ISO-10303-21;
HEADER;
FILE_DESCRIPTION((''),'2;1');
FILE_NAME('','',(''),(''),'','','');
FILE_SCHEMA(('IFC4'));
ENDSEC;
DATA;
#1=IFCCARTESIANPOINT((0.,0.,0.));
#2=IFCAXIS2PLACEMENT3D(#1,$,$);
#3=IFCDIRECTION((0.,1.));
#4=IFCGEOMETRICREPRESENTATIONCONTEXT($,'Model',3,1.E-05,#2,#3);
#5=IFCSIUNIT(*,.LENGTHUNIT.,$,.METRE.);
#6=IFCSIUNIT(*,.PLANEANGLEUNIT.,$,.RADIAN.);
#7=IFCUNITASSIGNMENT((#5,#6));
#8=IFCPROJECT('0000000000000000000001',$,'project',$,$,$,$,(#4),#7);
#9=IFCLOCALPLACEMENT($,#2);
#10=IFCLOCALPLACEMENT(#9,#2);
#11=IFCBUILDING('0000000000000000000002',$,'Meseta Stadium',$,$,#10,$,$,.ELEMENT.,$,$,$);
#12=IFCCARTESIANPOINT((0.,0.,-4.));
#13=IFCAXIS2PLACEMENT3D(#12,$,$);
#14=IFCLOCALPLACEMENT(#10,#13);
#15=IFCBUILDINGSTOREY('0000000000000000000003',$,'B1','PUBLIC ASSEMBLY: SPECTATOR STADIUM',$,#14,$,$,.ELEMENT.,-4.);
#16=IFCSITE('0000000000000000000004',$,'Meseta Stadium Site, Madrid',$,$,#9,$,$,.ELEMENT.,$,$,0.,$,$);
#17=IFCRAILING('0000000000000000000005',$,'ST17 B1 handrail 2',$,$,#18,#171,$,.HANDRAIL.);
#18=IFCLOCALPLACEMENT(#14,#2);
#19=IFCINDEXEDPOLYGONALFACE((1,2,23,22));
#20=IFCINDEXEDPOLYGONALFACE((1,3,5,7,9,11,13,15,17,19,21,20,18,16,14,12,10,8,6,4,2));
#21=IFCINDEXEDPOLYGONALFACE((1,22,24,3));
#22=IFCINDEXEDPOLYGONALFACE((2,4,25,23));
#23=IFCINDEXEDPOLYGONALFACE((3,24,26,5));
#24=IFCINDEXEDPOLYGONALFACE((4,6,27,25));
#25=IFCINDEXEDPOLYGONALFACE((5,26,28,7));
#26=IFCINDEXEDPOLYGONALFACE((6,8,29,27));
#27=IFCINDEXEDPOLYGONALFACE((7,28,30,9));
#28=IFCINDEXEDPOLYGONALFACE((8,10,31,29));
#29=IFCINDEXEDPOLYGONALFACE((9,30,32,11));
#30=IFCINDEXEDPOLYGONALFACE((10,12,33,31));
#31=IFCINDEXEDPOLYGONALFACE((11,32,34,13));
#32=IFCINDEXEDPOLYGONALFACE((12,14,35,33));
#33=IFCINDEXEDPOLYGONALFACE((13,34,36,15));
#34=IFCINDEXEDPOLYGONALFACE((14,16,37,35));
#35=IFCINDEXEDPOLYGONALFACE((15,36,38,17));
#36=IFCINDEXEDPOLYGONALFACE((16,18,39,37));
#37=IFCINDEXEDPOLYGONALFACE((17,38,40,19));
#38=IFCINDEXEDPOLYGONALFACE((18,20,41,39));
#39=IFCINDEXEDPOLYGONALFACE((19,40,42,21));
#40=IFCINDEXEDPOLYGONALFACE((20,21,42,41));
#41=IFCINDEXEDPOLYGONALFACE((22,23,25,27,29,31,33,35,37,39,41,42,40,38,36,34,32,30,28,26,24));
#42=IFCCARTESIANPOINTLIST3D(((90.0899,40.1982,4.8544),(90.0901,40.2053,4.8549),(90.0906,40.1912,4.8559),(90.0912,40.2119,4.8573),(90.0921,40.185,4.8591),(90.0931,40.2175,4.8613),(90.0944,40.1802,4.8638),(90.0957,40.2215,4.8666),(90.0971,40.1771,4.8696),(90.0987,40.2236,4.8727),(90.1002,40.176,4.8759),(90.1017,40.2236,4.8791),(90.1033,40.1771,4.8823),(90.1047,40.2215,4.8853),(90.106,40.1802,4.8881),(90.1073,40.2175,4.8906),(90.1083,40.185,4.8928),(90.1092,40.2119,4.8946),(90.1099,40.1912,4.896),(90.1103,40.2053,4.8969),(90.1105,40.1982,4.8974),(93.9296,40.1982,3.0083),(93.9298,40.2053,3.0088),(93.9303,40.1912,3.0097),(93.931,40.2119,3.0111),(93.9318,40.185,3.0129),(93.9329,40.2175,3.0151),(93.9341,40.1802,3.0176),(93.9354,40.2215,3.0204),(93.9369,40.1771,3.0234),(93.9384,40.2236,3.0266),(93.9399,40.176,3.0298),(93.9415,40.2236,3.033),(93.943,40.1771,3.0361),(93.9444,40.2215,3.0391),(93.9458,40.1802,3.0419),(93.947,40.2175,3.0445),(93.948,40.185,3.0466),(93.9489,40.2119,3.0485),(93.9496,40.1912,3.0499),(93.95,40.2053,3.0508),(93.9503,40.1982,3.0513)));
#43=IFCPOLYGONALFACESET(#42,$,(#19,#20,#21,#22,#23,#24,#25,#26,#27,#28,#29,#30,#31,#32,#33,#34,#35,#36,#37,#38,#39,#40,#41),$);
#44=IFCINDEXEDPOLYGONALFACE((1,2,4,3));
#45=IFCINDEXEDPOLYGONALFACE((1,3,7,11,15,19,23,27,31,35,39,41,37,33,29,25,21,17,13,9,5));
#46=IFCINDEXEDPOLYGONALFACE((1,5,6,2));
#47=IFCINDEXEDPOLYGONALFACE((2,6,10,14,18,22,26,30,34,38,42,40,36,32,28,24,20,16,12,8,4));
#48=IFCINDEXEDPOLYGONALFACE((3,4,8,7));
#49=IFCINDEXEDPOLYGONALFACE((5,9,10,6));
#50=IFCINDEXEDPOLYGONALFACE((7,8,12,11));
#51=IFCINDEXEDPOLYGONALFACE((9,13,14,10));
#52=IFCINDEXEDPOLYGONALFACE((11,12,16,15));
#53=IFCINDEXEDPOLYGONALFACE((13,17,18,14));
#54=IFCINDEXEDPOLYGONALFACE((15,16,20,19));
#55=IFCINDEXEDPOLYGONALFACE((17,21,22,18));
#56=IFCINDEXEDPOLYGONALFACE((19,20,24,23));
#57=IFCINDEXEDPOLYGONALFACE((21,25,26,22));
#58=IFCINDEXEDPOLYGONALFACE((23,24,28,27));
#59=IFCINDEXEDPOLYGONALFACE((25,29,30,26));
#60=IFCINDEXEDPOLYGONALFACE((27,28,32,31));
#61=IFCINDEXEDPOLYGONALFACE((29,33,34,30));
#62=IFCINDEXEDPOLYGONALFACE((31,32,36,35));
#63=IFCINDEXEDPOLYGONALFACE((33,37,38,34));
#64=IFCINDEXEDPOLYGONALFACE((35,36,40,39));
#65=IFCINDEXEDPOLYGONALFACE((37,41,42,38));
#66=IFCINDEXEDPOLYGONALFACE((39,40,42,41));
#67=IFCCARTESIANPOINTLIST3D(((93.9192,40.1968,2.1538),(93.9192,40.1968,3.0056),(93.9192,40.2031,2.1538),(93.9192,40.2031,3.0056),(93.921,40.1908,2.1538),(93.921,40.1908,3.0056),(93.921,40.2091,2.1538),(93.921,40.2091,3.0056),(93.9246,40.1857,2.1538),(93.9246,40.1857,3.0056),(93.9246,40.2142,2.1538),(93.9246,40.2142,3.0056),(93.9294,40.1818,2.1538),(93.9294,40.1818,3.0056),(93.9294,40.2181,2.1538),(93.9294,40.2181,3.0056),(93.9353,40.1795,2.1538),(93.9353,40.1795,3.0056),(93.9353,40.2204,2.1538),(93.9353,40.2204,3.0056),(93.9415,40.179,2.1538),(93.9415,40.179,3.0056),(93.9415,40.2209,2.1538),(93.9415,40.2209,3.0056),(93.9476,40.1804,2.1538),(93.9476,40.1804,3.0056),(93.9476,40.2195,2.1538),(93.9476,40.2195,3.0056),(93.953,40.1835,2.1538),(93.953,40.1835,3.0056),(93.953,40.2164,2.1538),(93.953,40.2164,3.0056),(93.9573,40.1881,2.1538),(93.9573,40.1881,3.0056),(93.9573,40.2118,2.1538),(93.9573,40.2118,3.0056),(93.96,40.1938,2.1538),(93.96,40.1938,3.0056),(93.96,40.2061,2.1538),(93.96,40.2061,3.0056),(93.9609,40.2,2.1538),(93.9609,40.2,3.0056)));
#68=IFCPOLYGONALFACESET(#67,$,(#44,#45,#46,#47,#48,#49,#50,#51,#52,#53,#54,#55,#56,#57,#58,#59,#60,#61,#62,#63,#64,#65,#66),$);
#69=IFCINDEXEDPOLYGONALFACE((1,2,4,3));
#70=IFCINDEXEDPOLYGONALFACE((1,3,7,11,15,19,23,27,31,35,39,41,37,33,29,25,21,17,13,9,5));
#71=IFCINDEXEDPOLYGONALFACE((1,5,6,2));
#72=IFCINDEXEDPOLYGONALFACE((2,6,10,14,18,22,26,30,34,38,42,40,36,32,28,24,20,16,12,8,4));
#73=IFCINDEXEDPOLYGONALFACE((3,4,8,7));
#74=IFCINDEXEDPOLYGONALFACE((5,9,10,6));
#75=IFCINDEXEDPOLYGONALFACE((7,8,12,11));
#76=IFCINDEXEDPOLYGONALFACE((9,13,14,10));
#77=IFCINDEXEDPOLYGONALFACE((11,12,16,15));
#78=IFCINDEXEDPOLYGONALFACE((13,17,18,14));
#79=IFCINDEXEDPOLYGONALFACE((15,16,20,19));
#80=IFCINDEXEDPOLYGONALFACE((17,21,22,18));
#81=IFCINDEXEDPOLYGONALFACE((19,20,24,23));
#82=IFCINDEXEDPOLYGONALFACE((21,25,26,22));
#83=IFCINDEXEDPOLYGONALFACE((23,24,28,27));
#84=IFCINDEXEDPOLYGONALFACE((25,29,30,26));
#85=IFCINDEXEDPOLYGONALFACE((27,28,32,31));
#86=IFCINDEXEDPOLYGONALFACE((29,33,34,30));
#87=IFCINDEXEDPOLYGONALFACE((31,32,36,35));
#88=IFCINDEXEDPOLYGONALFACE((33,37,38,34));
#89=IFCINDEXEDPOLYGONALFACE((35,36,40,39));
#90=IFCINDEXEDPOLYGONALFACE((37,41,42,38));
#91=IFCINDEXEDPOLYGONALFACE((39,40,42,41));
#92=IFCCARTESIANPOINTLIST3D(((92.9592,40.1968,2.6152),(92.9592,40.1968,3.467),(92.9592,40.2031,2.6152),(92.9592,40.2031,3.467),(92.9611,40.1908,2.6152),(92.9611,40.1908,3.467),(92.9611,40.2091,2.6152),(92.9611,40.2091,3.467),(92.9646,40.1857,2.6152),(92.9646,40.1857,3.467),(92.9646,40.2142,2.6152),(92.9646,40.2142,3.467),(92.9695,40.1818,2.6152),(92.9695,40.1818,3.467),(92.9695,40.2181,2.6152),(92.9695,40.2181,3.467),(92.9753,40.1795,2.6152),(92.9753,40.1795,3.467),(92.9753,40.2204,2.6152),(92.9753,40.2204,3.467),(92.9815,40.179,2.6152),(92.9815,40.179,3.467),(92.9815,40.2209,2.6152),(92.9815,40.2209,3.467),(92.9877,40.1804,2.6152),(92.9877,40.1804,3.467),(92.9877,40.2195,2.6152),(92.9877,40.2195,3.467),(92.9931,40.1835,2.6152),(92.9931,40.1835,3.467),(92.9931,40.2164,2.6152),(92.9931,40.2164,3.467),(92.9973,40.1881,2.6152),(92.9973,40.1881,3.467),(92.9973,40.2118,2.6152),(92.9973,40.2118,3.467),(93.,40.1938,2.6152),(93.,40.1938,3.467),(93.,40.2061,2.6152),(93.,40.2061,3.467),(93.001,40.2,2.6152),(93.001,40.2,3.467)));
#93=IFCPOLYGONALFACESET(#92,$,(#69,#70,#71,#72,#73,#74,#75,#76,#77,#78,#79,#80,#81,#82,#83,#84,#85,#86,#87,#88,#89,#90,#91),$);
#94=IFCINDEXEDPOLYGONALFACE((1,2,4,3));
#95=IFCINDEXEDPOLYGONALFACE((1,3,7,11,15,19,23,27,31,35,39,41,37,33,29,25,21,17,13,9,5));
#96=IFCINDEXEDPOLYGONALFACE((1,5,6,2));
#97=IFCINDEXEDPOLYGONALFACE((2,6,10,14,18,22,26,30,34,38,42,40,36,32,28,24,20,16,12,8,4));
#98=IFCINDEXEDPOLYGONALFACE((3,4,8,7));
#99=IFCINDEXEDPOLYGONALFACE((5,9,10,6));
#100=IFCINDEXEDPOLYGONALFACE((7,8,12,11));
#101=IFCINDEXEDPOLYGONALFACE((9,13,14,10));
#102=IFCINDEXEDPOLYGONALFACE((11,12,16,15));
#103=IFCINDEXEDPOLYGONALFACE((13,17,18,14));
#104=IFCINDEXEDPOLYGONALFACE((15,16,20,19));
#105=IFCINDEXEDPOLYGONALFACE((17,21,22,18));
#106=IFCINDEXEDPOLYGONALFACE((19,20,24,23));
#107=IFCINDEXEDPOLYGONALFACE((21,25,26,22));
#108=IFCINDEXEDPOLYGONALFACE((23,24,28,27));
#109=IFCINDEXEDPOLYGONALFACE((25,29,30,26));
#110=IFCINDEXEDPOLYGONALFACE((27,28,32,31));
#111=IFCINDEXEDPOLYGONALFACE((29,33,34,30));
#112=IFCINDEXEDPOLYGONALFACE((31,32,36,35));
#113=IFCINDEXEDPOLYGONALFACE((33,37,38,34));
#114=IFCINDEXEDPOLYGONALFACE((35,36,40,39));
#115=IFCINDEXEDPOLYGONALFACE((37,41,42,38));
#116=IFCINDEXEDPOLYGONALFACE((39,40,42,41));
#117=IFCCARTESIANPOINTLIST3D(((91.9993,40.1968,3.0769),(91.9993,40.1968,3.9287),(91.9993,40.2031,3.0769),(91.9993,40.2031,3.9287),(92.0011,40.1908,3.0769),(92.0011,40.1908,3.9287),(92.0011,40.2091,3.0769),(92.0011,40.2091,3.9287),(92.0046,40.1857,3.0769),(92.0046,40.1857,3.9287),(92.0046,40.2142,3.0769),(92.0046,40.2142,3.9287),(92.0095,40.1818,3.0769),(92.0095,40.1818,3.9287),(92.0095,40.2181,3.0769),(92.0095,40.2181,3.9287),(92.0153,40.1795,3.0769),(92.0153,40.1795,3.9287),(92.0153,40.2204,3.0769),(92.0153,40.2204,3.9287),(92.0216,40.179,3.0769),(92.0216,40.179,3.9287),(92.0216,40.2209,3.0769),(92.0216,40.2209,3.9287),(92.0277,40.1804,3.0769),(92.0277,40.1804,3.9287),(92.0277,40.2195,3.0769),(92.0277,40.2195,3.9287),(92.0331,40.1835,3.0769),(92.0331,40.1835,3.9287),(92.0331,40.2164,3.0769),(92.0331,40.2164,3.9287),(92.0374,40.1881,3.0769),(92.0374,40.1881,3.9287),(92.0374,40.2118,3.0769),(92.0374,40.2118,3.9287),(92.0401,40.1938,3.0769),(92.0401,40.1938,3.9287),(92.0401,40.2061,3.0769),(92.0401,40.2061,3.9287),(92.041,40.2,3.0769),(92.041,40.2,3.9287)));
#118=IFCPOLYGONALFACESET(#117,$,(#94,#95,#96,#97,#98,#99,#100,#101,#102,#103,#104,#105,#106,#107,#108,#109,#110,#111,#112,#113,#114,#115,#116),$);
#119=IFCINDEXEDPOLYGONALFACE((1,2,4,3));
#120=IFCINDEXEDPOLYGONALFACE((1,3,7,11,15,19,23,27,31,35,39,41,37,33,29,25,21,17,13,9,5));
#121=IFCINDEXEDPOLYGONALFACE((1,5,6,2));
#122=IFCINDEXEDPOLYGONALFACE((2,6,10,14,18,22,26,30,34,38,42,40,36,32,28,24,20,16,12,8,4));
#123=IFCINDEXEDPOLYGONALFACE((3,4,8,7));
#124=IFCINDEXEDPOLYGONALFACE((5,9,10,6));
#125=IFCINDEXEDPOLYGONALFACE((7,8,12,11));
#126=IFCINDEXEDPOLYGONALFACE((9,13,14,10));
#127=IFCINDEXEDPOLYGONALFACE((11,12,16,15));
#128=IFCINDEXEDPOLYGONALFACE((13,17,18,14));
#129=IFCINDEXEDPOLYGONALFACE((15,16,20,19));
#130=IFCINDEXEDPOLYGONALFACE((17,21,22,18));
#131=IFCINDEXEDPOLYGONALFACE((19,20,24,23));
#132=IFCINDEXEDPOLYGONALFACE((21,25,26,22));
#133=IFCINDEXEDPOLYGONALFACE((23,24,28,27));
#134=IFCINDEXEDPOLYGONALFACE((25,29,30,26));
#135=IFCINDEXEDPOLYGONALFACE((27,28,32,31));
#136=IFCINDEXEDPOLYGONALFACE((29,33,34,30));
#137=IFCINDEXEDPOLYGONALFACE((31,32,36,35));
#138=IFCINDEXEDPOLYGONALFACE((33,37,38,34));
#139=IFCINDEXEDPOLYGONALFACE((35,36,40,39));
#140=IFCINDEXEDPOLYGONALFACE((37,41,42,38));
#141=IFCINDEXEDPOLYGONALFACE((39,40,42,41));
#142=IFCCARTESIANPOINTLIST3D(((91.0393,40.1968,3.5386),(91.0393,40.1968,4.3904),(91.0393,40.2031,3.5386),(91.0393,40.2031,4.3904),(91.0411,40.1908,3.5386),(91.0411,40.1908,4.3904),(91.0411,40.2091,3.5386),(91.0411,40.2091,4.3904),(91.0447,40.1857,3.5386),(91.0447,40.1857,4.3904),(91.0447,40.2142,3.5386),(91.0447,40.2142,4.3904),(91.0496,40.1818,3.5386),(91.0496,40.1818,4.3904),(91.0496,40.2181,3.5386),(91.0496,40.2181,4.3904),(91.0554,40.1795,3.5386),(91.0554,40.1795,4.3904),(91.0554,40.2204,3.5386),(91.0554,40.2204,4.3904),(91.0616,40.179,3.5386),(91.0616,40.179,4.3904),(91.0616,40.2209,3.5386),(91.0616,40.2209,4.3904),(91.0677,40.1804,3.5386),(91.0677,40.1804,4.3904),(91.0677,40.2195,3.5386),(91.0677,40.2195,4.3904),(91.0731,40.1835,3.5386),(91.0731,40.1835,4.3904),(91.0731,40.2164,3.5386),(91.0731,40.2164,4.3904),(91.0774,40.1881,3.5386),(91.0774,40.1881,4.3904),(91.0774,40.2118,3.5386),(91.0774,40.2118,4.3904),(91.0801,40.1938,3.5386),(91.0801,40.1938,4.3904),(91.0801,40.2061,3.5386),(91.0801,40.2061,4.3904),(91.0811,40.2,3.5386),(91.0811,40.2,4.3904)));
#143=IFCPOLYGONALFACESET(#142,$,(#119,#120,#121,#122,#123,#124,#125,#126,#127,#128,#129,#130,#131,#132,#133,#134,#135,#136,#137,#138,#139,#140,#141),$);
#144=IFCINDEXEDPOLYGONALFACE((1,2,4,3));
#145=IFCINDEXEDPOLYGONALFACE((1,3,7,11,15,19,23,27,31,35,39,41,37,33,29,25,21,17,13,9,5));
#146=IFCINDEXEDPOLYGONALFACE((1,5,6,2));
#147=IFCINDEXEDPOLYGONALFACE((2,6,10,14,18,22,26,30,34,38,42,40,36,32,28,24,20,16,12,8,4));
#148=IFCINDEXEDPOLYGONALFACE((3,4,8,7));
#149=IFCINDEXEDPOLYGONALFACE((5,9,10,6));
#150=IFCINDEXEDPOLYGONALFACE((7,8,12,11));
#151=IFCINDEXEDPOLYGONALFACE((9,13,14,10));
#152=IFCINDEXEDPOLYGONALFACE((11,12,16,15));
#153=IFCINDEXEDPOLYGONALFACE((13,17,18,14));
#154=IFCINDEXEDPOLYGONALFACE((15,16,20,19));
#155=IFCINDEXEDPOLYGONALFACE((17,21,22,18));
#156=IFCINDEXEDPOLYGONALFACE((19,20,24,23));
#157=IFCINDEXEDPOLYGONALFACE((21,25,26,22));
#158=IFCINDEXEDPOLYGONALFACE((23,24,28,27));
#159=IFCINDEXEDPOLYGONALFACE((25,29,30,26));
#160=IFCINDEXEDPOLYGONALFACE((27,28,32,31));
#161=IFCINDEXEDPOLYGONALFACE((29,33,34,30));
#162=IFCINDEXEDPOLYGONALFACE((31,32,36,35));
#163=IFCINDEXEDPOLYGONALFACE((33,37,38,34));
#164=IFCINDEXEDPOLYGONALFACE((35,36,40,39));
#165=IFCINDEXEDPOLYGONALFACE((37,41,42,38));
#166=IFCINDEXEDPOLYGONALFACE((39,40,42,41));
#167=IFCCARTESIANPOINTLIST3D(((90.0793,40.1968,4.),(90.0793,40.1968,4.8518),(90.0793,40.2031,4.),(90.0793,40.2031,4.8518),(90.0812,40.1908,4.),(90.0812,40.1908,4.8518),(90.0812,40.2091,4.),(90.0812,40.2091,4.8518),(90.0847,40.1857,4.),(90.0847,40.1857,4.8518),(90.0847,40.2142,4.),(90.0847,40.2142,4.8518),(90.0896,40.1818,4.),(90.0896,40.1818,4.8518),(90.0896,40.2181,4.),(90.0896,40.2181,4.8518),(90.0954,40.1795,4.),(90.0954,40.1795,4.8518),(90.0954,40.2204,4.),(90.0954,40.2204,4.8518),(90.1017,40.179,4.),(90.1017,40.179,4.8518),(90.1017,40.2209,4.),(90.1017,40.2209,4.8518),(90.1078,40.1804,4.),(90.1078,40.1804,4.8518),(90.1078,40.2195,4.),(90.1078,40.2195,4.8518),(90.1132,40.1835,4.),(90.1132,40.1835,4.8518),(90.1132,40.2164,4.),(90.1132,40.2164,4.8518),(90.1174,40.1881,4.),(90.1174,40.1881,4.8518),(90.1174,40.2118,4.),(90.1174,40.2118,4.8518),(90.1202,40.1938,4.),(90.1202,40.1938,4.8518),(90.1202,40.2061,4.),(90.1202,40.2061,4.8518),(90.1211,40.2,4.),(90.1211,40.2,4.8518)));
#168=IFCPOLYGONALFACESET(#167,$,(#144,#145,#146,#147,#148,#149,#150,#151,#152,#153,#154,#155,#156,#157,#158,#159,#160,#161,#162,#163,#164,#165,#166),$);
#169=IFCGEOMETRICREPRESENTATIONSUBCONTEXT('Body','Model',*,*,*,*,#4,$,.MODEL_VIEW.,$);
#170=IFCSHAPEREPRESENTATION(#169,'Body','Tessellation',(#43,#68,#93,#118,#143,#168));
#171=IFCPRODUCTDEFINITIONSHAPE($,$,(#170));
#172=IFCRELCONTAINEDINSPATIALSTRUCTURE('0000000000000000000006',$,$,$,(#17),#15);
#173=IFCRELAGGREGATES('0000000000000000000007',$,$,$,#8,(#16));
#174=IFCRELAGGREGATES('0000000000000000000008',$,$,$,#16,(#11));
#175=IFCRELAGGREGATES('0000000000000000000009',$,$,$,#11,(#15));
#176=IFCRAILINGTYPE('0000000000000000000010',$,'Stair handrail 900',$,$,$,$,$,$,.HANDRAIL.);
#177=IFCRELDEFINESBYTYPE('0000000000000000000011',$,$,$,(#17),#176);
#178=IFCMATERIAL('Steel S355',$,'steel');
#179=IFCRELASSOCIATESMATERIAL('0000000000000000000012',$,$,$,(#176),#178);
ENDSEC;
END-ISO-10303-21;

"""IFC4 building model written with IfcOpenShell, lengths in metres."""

from ifc_helpers import new_model, si_unit, direction, frame, origin, origin_2d, place, context, subcontext, project, spatial, circle, extrude, material, type_object, element, save


model = new_model("IFC4")

# Units and contexts
model_context = context("Model", 3, precision=1e-05, world=origin(), true_north=direction((0.0, 1.0)))
body_context = subcontext(model_context, "Body", "Model", "MODEL_VIEW")
ifc_project = project(units=[si_unit("LENGTHUNIT", "METRE"), si_unit("PLANEANGLEUNIT", "RADIAN")], contexts=[model_context])

# Site, building, storey
site_placement = place(None, origin())
site = spatial("IfcSite", under=ifc_project, at=site_placement, Name="Meseta Stadium Site, Madrid", CompositionType="ELEMENT", RefElevation=0.0)
building_placement = place(site_placement, origin())
building = spatial("IfcBuilding", under=site, at=building_placement, Name="Meseta Stadium", CompositionType="ELEMENT")
storey_placement = place(building_placement, frame((0.0, 0.0, -4.0)))
storey = spatial("IfcBuildingStorey", under=building, at=storey_placement, Name="B1", Description="PUBLIC ASSEMBLY: SPECTATOR STADIUM", CompositionType="ELEMENT", Elevation=-4.0)

# Railing
ifc_material_1 = material(Name="Steel S355", Category="steel")
railing_type_1 = type_object("IfcRailingType", Name="Stair handrail 900", PredefinedType="HANDRAIL", material=ifc_material_1)
for number, where, name in (
    (1, (93.9399, 40.2, 2.1538), "ST17 B1 handrail 2"),
):
    element("IfcRailing", number, at=place(storey_placement, frame(where)), inside=storey, type_object=railing_type_1, Name=name, PredefinedType="HANDRAIL", context=body_context, shape_type="SweptSolid", body=[
        extrude(circle(Radius=0.0239, at=origin_2d()), frame((0.0, 0.0, 0.876), z_axis=(-0.901242, 0.0, 0.433316), x_axis=(0.0, -1.0, 0.0)), (0.0, 0.0, 1.0), 4.2605),
        extrude(circle(Radius=0.021, at=origin_2d()), origin(), (0.0, 0.0, 1.0), 0.8518),
        extrude(circle(Radius=0.021, at=origin_2d()), frame((-0.96, 0.0, 0.4614)), (0.0, 0.0, 1.0), 0.8518),
        extrude(circle(Radius=0.021, at=origin_2d()), frame((-1.9199, 0.0, 0.9231)), (0.0, 0.0, 1.0), 0.8518),
        extrude(circle(Radius=0.021, at=origin_2d()), frame((-2.8799, 0.0, 1.3848)), (0.0, 0.0, 1.0), 0.8518),
        extrude(circle(Radius=0.021, at=origin_2d()), frame((-3.8398, 0.0, 1.8462)), (0.0, 0.0, 1.0), 0.8518),
    ])

save(model, "model.ifc")
